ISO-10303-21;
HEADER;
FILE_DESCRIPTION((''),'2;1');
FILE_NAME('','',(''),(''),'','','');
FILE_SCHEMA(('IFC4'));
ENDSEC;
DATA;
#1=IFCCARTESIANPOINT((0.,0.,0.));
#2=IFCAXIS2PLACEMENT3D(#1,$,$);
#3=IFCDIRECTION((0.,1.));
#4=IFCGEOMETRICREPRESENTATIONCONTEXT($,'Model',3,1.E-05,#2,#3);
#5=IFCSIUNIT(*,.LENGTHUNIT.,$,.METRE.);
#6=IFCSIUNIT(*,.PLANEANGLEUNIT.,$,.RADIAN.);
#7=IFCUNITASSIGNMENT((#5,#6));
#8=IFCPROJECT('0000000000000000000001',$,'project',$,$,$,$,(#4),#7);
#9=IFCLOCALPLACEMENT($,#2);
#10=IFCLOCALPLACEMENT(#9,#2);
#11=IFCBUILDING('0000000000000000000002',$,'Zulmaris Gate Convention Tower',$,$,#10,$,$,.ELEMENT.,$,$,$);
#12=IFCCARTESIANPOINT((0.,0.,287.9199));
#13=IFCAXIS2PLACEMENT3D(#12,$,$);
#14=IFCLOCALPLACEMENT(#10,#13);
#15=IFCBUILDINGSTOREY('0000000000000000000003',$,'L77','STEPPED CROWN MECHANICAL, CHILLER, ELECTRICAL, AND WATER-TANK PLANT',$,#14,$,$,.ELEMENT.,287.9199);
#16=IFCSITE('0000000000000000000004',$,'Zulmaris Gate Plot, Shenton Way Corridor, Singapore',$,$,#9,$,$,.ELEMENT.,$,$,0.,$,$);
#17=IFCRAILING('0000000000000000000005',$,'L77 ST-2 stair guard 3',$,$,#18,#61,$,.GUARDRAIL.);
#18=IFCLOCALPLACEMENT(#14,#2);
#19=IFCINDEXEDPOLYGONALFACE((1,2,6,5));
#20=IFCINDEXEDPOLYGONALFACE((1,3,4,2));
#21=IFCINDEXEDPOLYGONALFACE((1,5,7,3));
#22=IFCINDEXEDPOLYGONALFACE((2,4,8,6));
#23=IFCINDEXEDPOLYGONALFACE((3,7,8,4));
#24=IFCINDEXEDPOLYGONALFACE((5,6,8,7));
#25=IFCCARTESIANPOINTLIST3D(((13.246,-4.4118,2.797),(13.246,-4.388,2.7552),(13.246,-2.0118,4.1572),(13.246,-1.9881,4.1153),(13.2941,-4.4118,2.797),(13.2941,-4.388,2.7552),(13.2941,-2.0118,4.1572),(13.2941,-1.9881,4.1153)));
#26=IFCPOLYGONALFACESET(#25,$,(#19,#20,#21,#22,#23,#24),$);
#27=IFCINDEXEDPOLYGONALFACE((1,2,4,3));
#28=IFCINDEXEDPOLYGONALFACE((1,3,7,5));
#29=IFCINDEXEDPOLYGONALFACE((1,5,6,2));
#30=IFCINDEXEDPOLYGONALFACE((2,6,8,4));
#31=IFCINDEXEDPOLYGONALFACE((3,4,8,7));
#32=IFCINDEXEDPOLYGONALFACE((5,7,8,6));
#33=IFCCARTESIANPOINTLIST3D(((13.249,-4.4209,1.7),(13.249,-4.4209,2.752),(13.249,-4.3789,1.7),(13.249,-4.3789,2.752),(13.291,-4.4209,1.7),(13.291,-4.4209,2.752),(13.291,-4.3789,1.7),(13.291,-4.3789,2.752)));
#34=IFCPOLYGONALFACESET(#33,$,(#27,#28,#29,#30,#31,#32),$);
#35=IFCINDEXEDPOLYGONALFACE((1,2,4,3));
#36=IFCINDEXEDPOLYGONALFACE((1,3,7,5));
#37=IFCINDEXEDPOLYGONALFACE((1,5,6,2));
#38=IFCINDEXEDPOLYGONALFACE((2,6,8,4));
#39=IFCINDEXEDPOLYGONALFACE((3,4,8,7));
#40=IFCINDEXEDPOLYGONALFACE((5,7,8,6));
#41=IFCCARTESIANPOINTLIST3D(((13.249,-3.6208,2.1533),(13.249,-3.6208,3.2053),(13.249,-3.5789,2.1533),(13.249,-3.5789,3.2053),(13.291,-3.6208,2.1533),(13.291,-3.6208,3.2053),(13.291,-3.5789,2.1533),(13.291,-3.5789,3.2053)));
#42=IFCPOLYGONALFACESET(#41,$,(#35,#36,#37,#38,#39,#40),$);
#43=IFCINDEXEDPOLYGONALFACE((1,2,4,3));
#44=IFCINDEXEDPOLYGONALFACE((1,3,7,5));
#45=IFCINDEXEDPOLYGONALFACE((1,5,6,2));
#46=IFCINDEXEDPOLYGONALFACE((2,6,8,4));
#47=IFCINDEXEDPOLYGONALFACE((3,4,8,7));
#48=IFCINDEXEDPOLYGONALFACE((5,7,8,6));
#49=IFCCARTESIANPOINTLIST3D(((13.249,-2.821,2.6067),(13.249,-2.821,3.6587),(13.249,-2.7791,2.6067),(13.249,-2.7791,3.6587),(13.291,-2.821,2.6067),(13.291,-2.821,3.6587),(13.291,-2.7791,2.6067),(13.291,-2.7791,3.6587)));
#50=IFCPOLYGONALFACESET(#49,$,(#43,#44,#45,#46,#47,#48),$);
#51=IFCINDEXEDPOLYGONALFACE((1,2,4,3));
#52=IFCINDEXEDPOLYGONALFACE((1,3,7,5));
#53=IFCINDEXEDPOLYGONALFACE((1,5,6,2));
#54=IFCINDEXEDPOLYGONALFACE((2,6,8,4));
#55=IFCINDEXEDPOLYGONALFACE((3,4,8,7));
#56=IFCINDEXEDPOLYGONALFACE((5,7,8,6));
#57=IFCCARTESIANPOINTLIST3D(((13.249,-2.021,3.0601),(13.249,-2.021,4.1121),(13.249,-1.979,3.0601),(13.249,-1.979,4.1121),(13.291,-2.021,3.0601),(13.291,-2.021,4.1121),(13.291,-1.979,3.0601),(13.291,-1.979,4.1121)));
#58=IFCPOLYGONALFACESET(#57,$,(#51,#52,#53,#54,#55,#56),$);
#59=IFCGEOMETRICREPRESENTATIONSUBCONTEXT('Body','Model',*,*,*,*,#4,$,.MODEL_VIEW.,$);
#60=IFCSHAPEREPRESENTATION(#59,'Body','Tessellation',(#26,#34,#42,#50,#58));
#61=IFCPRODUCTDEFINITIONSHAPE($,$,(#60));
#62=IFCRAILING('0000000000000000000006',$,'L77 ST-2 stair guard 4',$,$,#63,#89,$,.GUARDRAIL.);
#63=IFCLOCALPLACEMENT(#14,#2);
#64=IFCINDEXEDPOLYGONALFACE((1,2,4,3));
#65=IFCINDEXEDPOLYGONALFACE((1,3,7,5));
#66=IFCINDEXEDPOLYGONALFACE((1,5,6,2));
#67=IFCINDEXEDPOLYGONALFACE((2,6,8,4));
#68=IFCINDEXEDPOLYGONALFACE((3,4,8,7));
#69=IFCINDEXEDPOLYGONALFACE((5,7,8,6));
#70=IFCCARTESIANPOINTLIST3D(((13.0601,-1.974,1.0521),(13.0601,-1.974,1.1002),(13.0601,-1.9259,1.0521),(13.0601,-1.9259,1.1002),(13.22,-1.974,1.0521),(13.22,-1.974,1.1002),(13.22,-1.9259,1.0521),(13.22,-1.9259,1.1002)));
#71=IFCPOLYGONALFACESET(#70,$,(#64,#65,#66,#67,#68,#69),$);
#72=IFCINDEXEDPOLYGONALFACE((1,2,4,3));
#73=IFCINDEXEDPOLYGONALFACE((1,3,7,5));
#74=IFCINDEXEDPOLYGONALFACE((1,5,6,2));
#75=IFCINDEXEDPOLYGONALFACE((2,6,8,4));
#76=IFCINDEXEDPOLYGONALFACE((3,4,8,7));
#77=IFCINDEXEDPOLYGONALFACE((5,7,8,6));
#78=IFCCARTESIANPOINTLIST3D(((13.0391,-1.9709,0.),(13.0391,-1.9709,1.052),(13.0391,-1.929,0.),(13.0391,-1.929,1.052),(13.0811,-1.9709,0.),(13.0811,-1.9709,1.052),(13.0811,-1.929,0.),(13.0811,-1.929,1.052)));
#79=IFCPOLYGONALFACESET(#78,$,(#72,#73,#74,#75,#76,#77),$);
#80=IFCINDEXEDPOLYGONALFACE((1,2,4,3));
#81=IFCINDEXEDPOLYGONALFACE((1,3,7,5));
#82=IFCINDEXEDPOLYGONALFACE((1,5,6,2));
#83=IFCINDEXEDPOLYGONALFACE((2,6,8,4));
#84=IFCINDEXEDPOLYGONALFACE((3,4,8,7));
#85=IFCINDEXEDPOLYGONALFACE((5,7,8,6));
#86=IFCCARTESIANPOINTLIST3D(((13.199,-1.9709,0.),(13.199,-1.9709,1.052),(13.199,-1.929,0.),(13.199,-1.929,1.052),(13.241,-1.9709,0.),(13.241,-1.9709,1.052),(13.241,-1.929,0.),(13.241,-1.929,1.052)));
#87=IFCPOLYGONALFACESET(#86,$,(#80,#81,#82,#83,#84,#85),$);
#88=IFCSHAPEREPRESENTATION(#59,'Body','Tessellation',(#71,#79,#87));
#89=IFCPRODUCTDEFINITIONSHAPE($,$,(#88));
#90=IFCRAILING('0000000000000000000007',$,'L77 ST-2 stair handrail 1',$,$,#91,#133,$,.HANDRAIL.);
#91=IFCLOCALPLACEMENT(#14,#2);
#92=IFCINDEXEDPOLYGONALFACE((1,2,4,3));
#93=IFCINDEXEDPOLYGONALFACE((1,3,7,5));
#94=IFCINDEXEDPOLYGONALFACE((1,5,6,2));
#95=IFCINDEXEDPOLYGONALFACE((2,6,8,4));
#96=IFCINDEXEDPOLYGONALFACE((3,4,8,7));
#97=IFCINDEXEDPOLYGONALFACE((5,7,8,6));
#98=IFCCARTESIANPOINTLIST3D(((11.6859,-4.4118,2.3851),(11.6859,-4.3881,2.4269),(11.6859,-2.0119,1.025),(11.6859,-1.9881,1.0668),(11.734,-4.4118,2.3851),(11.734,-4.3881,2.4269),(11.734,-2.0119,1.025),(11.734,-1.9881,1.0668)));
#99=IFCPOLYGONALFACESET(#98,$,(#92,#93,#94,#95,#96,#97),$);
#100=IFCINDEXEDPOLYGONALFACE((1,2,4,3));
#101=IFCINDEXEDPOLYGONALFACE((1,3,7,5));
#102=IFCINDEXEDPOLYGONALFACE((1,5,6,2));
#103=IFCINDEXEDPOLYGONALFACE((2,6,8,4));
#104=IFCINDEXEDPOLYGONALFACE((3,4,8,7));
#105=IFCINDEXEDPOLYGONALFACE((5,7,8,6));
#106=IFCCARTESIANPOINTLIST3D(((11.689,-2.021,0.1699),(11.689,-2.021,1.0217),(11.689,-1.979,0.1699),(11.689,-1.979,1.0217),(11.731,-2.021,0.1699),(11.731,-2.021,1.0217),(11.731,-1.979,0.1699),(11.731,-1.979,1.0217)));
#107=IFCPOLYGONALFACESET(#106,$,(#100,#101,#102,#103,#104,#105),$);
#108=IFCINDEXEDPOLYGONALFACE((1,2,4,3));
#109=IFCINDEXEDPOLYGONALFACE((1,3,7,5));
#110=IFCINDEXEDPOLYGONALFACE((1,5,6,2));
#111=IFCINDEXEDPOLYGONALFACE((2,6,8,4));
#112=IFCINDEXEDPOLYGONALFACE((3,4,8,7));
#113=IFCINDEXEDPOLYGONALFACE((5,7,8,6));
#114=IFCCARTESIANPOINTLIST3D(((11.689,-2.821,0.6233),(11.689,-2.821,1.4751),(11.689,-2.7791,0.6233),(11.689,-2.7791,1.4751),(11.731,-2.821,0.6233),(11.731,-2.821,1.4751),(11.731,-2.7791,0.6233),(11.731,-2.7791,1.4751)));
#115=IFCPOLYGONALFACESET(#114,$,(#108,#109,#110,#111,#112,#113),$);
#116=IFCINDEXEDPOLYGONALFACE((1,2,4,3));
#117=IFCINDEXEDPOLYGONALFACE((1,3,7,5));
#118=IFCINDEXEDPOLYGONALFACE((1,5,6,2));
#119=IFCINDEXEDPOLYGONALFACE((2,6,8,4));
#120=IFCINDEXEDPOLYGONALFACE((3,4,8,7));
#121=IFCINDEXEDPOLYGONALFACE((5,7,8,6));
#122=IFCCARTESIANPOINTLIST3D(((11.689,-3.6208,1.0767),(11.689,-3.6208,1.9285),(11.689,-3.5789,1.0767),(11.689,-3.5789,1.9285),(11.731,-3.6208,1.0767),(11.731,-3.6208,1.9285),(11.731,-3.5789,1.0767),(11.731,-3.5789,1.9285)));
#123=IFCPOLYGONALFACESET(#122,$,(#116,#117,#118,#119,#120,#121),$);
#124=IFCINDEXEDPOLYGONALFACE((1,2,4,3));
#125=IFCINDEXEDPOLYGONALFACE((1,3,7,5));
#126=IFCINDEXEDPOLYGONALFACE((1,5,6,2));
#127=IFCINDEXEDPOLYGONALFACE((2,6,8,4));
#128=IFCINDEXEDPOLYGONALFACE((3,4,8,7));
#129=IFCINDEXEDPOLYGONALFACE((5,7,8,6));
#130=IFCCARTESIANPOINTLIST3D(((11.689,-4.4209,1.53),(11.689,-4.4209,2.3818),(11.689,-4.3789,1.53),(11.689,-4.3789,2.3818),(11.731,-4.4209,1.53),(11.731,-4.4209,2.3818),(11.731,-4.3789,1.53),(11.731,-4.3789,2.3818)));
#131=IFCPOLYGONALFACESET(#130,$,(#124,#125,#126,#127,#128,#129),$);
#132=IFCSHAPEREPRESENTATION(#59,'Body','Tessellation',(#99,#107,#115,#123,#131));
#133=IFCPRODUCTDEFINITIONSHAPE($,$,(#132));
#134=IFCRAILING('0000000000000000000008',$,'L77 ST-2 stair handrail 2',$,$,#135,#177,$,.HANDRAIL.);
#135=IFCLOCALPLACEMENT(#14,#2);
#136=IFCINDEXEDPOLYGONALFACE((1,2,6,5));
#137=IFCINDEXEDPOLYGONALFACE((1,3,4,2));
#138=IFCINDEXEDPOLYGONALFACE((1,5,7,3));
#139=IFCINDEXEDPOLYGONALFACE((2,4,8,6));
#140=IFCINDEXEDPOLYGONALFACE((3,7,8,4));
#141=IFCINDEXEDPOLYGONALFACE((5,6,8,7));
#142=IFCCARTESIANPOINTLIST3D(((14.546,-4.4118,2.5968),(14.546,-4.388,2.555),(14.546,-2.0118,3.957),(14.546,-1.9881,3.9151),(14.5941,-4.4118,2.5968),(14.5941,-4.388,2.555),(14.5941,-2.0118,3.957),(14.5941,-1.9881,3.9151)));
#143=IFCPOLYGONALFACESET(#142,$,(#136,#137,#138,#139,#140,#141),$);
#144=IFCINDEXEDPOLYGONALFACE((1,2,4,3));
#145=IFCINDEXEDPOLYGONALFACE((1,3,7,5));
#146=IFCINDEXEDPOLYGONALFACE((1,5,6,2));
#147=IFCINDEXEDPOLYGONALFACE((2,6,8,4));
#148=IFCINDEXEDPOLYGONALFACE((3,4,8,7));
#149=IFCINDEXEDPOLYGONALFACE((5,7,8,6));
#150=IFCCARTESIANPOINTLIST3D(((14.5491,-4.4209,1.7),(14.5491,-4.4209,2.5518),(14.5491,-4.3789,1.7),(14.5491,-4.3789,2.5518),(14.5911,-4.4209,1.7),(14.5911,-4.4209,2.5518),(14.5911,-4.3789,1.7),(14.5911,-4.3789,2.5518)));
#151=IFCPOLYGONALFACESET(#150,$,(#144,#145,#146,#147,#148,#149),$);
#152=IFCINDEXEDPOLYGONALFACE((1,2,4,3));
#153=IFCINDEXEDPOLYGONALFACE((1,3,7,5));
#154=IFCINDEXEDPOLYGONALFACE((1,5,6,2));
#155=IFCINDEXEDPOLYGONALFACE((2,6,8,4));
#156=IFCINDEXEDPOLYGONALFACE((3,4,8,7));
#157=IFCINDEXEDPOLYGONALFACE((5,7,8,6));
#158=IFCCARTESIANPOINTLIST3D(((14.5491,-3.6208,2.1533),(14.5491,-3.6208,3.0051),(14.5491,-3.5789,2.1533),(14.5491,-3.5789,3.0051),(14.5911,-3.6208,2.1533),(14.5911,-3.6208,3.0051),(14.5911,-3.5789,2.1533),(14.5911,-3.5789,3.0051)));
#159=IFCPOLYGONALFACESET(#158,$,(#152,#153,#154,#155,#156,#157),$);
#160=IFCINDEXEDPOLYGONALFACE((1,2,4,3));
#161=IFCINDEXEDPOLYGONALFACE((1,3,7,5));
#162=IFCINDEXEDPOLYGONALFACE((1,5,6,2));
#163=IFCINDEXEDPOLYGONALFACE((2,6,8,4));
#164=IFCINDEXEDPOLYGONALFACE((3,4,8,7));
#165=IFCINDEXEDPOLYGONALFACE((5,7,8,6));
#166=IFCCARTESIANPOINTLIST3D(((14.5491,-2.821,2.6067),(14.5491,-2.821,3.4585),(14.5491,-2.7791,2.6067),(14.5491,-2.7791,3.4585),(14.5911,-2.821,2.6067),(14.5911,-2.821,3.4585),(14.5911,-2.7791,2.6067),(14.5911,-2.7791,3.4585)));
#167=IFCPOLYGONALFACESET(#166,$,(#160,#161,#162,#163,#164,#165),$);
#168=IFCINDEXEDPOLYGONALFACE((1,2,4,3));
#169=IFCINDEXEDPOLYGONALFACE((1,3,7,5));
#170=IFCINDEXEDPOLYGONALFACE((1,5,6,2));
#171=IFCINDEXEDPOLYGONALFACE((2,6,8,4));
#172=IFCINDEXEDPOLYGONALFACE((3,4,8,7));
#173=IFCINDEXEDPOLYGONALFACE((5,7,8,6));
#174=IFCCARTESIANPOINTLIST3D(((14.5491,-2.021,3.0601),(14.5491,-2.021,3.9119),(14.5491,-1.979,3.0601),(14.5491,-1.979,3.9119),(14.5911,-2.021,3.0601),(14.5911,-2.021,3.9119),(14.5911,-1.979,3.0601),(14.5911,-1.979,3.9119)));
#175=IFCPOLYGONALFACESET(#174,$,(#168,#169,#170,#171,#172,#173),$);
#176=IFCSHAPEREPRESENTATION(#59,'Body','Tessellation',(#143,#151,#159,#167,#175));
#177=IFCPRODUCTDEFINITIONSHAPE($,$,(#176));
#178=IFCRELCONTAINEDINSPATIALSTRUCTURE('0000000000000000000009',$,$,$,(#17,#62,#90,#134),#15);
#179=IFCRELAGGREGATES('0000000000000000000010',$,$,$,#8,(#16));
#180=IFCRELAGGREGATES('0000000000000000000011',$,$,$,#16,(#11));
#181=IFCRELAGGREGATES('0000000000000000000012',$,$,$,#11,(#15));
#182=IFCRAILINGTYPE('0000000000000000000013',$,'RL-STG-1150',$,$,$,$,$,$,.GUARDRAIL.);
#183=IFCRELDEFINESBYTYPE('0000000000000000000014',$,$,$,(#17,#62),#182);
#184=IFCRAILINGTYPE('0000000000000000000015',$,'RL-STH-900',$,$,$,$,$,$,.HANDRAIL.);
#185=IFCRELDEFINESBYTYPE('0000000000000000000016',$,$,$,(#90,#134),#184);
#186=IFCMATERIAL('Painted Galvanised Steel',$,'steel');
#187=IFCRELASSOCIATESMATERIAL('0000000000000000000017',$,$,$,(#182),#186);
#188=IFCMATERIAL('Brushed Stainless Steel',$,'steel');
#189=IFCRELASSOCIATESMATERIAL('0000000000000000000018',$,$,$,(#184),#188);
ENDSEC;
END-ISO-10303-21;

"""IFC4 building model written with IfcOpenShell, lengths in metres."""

from ifc_helpers import new_model, si_unit, direction, frame, origin, origin_2d, place, context, subcontext, project, spatial, rectangle, extrude, material, type_object, element, save


model = new_model("IFC4")

# Units and contexts
model_context = context("Model", 3, precision=1e-05, world=origin(), true_north=direction((0.0, 1.0)))
body_context = subcontext(model_context, "Body", "Model", "MODEL_VIEW")
ifc_project = project(units=[si_unit("LENGTHUNIT", "METRE"), si_unit("PLANEANGLEUNIT", "RADIAN")], contexts=[model_context])

# Site, building, storey
site_placement = place(None, origin())
site = spatial("IfcSite", under=ifc_project, at=site_placement, Name="Zulmaris Gate Plot, Shenton Way Corridor, Singapore", CompositionType="ELEMENT", RefElevation=0.0)
building_placement = place(site_placement, origin())
building = spatial("IfcBuilding", under=site, at=building_placement, Name="Zulmaris Gate Convention Tower", CompositionType="ELEMENT")
storey_placement = place(building_placement, frame((0.0, 0.0, 287.9199)))
storey = spatial("IfcBuildingStorey", under=building, at=storey_placement, Name="L77", Description="STEPPED CROWN MECHANICAL, CHILLER, ELECTRICAL, AND WATER-TANK PLANT", CompositionType="ELEMENT", Elevation=287.9199)

# Railings
ifc_material_1 = material(Name="Painted Galvanised Steel", Category="steel")
railing_type_1 = type_object("IfcRailingType", Name="RL-STG-1150", PredefinedType="GUARDRAIL", material=ifc_material_1)
railing_1_placement = place(storey_placement, frame((13.27, -4.3999, 1.7)))
element("IfcRailing", 1, at=railing_1_placement, inside=storey, type_object=railing_type_1, Name="L77 ST-2 stair guard 3", PredefinedType="GUARDRAIL", context=body_context, shape_type="SweptSolid", body=[
    extrude(rectangle(XDim=0.0481, YDim=0.0481, at=origin_2d()), frame((0.0, 0.0, 1.0762), z_axis=(0.0, 0.869997, 0.493057), x_axis=(-1.0, 0.0, 0.0)), (0.0, 0.0, 1.0), 2.7585),
    extrude(rectangle(XDim=0.042, YDim=0.042, at=origin_2d()), origin(), (0.0, 0.0, 1.0), 1.052),
    extrude(rectangle(XDim=0.042, YDim=0.042, at=origin_2d()), frame((0.0, 0.8, 0.4534)), (0.0, 0.0, 1.0), 1.052),
    extrude(rectangle(XDim=0.042, YDim=0.042, at=origin_2d()), frame((0.0, 1.5999, 0.9067)), (0.0, 0.0, 1.0), 1.052),
    extrude(rectangle(XDim=0.042, YDim=0.042, at=origin_2d()), frame((0.0, 2.3999, 1.3601)), (0.0, 0.0, 1.0), 1.052),
])
railing_2_placement = place(storey_placement, frame((13.0601, -1.95, 0.0)))
element("IfcRailing", 2, at=railing_2_placement, inside=storey, type_object=railing_type_1, Name="L77 ST-2 stair guard 4", PredefinedType="GUARDRAIL", context=body_context, shape_type="SweptSolid", body=[
    extrude(rectangle(XDim=0.0481, YDim=0.0481, at=origin_2d()), frame((0.0, 0.0, 1.0762), z_axis=(1.0, 0.0, 0.0), x_axis=(0.0, 1.0, 0.0)), (0.0, 0.0, 1.0), 0.1599),
    extrude(rectangle(XDim=0.042, YDim=0.042, at=origin_2d()), origin(), (0.0, 0.0, 1.0), 1.052),
    extrude(rectangle(XDim=0.042, YDim=0.042, at=origin_2d()), frame((0.1599, 0.0, 0.0)), (0.0, 0.0, 1.0), 1.052),
])
ifc_material_2 = material(Name="Brushed Stainless Steel", Category="steel")
railing_type_2 = type_object("IfcRailingType", Name="RL-STH-900", PredefinedType="HANDRAIL", material=ifc_material_2)
railing_3_placement = place(storey_placement, frame((11.71, -2.0, 0.1699)))
element("IfcRailing", 3, at=railing_3_placement, inside=storey, type_object=railing_type_2, Name="L77 ST-2 stair handrail 1", PredefinedType="HANDRAIL", context=body_context, shape_type="SweptSolid", body=[
    extrude(rectangle(XDim=0.0481, YDim=0.0481, at=origin_2d()), frame((0.0, 0.0, 0.876), z_axis=(0.0, -0.869997, 0.493057), x_axis=(1.0, 0.0, 0.0)), (0.0, 0.0, 1.0), 2.7585),
    extrude(rectangle(XDim=0.042, YDim=0.042, at=origin_2d()), origin(), (0.0, 0.0, 1.0), 0.8518),
    extrude(rectangle(XDim=0.042, YDim=0.042, at=origin_2d()), frame((0.0, -0.8, 0.4534)), (0.0, 0.0, 1.0), 0.8518),
    extrude(rectangle(XDim=0.042, YDim=0.042, at=origin_2d()), frame((0.0, -1.5999, 0.9067)), (0.0, 0.0, 1.0), 0.8518),
    extrude(rectangle(XDim=0.042, YDim=0.042, at=origin_2d()), frame((0.0, -2.3999, 1.3601)), (0.0, 0.0, 1.0), 0.8518),
])
railing_4_placement = place(storey_placement, frame((14.5701, -4.3999, 1.7)))
element("IfcRailing", 4, at=railing_4_placement, inside=storey, type_object=railing_type_2, Name="L77 ST-2 stair handrail 2", PredefinedType="HANDRAIL", context=body_context, shape_type="SweptSolid", body=[
    extrude(rectangle(XDim=0.0481, YDim=0.0481, at=origin_2d()), frame((0.0, 0.0, 0.876), z_axis=(0.0, 0.869997, 0.493057), x_axis=(-1.0, 0.0, 0.0)), (0.0, 0.0, 1.0), 2.7585),
    extrude(rectangle(XDim=0.042, YDim=0.042, at=origin_2d()), origin(), (0.0, 0.0, 1.0), 0.8518),
    extrude(rectangle(XDim=0.042, YDim=0.042, at=origin_2d()), frame((0.0, 0.8, 0.4534)), (0.0, 0.0, 1.0), 0.8518),
    extrude(rectangle(XDim=0.042, YDim=0.042, at=origin_2d()), frame((0.0, 1.5999, 0.9067)), (0.0, 0.0, 1.0), 0.8518),
    extrude(rectangle(XDim=0.042, YDim=0.042, at=origin_2d()), frame((0.0, 2.3999, 1.3601)), (0.0, 0.0, 1.0), 0.8518),
])

save(model, "model.ifc")
